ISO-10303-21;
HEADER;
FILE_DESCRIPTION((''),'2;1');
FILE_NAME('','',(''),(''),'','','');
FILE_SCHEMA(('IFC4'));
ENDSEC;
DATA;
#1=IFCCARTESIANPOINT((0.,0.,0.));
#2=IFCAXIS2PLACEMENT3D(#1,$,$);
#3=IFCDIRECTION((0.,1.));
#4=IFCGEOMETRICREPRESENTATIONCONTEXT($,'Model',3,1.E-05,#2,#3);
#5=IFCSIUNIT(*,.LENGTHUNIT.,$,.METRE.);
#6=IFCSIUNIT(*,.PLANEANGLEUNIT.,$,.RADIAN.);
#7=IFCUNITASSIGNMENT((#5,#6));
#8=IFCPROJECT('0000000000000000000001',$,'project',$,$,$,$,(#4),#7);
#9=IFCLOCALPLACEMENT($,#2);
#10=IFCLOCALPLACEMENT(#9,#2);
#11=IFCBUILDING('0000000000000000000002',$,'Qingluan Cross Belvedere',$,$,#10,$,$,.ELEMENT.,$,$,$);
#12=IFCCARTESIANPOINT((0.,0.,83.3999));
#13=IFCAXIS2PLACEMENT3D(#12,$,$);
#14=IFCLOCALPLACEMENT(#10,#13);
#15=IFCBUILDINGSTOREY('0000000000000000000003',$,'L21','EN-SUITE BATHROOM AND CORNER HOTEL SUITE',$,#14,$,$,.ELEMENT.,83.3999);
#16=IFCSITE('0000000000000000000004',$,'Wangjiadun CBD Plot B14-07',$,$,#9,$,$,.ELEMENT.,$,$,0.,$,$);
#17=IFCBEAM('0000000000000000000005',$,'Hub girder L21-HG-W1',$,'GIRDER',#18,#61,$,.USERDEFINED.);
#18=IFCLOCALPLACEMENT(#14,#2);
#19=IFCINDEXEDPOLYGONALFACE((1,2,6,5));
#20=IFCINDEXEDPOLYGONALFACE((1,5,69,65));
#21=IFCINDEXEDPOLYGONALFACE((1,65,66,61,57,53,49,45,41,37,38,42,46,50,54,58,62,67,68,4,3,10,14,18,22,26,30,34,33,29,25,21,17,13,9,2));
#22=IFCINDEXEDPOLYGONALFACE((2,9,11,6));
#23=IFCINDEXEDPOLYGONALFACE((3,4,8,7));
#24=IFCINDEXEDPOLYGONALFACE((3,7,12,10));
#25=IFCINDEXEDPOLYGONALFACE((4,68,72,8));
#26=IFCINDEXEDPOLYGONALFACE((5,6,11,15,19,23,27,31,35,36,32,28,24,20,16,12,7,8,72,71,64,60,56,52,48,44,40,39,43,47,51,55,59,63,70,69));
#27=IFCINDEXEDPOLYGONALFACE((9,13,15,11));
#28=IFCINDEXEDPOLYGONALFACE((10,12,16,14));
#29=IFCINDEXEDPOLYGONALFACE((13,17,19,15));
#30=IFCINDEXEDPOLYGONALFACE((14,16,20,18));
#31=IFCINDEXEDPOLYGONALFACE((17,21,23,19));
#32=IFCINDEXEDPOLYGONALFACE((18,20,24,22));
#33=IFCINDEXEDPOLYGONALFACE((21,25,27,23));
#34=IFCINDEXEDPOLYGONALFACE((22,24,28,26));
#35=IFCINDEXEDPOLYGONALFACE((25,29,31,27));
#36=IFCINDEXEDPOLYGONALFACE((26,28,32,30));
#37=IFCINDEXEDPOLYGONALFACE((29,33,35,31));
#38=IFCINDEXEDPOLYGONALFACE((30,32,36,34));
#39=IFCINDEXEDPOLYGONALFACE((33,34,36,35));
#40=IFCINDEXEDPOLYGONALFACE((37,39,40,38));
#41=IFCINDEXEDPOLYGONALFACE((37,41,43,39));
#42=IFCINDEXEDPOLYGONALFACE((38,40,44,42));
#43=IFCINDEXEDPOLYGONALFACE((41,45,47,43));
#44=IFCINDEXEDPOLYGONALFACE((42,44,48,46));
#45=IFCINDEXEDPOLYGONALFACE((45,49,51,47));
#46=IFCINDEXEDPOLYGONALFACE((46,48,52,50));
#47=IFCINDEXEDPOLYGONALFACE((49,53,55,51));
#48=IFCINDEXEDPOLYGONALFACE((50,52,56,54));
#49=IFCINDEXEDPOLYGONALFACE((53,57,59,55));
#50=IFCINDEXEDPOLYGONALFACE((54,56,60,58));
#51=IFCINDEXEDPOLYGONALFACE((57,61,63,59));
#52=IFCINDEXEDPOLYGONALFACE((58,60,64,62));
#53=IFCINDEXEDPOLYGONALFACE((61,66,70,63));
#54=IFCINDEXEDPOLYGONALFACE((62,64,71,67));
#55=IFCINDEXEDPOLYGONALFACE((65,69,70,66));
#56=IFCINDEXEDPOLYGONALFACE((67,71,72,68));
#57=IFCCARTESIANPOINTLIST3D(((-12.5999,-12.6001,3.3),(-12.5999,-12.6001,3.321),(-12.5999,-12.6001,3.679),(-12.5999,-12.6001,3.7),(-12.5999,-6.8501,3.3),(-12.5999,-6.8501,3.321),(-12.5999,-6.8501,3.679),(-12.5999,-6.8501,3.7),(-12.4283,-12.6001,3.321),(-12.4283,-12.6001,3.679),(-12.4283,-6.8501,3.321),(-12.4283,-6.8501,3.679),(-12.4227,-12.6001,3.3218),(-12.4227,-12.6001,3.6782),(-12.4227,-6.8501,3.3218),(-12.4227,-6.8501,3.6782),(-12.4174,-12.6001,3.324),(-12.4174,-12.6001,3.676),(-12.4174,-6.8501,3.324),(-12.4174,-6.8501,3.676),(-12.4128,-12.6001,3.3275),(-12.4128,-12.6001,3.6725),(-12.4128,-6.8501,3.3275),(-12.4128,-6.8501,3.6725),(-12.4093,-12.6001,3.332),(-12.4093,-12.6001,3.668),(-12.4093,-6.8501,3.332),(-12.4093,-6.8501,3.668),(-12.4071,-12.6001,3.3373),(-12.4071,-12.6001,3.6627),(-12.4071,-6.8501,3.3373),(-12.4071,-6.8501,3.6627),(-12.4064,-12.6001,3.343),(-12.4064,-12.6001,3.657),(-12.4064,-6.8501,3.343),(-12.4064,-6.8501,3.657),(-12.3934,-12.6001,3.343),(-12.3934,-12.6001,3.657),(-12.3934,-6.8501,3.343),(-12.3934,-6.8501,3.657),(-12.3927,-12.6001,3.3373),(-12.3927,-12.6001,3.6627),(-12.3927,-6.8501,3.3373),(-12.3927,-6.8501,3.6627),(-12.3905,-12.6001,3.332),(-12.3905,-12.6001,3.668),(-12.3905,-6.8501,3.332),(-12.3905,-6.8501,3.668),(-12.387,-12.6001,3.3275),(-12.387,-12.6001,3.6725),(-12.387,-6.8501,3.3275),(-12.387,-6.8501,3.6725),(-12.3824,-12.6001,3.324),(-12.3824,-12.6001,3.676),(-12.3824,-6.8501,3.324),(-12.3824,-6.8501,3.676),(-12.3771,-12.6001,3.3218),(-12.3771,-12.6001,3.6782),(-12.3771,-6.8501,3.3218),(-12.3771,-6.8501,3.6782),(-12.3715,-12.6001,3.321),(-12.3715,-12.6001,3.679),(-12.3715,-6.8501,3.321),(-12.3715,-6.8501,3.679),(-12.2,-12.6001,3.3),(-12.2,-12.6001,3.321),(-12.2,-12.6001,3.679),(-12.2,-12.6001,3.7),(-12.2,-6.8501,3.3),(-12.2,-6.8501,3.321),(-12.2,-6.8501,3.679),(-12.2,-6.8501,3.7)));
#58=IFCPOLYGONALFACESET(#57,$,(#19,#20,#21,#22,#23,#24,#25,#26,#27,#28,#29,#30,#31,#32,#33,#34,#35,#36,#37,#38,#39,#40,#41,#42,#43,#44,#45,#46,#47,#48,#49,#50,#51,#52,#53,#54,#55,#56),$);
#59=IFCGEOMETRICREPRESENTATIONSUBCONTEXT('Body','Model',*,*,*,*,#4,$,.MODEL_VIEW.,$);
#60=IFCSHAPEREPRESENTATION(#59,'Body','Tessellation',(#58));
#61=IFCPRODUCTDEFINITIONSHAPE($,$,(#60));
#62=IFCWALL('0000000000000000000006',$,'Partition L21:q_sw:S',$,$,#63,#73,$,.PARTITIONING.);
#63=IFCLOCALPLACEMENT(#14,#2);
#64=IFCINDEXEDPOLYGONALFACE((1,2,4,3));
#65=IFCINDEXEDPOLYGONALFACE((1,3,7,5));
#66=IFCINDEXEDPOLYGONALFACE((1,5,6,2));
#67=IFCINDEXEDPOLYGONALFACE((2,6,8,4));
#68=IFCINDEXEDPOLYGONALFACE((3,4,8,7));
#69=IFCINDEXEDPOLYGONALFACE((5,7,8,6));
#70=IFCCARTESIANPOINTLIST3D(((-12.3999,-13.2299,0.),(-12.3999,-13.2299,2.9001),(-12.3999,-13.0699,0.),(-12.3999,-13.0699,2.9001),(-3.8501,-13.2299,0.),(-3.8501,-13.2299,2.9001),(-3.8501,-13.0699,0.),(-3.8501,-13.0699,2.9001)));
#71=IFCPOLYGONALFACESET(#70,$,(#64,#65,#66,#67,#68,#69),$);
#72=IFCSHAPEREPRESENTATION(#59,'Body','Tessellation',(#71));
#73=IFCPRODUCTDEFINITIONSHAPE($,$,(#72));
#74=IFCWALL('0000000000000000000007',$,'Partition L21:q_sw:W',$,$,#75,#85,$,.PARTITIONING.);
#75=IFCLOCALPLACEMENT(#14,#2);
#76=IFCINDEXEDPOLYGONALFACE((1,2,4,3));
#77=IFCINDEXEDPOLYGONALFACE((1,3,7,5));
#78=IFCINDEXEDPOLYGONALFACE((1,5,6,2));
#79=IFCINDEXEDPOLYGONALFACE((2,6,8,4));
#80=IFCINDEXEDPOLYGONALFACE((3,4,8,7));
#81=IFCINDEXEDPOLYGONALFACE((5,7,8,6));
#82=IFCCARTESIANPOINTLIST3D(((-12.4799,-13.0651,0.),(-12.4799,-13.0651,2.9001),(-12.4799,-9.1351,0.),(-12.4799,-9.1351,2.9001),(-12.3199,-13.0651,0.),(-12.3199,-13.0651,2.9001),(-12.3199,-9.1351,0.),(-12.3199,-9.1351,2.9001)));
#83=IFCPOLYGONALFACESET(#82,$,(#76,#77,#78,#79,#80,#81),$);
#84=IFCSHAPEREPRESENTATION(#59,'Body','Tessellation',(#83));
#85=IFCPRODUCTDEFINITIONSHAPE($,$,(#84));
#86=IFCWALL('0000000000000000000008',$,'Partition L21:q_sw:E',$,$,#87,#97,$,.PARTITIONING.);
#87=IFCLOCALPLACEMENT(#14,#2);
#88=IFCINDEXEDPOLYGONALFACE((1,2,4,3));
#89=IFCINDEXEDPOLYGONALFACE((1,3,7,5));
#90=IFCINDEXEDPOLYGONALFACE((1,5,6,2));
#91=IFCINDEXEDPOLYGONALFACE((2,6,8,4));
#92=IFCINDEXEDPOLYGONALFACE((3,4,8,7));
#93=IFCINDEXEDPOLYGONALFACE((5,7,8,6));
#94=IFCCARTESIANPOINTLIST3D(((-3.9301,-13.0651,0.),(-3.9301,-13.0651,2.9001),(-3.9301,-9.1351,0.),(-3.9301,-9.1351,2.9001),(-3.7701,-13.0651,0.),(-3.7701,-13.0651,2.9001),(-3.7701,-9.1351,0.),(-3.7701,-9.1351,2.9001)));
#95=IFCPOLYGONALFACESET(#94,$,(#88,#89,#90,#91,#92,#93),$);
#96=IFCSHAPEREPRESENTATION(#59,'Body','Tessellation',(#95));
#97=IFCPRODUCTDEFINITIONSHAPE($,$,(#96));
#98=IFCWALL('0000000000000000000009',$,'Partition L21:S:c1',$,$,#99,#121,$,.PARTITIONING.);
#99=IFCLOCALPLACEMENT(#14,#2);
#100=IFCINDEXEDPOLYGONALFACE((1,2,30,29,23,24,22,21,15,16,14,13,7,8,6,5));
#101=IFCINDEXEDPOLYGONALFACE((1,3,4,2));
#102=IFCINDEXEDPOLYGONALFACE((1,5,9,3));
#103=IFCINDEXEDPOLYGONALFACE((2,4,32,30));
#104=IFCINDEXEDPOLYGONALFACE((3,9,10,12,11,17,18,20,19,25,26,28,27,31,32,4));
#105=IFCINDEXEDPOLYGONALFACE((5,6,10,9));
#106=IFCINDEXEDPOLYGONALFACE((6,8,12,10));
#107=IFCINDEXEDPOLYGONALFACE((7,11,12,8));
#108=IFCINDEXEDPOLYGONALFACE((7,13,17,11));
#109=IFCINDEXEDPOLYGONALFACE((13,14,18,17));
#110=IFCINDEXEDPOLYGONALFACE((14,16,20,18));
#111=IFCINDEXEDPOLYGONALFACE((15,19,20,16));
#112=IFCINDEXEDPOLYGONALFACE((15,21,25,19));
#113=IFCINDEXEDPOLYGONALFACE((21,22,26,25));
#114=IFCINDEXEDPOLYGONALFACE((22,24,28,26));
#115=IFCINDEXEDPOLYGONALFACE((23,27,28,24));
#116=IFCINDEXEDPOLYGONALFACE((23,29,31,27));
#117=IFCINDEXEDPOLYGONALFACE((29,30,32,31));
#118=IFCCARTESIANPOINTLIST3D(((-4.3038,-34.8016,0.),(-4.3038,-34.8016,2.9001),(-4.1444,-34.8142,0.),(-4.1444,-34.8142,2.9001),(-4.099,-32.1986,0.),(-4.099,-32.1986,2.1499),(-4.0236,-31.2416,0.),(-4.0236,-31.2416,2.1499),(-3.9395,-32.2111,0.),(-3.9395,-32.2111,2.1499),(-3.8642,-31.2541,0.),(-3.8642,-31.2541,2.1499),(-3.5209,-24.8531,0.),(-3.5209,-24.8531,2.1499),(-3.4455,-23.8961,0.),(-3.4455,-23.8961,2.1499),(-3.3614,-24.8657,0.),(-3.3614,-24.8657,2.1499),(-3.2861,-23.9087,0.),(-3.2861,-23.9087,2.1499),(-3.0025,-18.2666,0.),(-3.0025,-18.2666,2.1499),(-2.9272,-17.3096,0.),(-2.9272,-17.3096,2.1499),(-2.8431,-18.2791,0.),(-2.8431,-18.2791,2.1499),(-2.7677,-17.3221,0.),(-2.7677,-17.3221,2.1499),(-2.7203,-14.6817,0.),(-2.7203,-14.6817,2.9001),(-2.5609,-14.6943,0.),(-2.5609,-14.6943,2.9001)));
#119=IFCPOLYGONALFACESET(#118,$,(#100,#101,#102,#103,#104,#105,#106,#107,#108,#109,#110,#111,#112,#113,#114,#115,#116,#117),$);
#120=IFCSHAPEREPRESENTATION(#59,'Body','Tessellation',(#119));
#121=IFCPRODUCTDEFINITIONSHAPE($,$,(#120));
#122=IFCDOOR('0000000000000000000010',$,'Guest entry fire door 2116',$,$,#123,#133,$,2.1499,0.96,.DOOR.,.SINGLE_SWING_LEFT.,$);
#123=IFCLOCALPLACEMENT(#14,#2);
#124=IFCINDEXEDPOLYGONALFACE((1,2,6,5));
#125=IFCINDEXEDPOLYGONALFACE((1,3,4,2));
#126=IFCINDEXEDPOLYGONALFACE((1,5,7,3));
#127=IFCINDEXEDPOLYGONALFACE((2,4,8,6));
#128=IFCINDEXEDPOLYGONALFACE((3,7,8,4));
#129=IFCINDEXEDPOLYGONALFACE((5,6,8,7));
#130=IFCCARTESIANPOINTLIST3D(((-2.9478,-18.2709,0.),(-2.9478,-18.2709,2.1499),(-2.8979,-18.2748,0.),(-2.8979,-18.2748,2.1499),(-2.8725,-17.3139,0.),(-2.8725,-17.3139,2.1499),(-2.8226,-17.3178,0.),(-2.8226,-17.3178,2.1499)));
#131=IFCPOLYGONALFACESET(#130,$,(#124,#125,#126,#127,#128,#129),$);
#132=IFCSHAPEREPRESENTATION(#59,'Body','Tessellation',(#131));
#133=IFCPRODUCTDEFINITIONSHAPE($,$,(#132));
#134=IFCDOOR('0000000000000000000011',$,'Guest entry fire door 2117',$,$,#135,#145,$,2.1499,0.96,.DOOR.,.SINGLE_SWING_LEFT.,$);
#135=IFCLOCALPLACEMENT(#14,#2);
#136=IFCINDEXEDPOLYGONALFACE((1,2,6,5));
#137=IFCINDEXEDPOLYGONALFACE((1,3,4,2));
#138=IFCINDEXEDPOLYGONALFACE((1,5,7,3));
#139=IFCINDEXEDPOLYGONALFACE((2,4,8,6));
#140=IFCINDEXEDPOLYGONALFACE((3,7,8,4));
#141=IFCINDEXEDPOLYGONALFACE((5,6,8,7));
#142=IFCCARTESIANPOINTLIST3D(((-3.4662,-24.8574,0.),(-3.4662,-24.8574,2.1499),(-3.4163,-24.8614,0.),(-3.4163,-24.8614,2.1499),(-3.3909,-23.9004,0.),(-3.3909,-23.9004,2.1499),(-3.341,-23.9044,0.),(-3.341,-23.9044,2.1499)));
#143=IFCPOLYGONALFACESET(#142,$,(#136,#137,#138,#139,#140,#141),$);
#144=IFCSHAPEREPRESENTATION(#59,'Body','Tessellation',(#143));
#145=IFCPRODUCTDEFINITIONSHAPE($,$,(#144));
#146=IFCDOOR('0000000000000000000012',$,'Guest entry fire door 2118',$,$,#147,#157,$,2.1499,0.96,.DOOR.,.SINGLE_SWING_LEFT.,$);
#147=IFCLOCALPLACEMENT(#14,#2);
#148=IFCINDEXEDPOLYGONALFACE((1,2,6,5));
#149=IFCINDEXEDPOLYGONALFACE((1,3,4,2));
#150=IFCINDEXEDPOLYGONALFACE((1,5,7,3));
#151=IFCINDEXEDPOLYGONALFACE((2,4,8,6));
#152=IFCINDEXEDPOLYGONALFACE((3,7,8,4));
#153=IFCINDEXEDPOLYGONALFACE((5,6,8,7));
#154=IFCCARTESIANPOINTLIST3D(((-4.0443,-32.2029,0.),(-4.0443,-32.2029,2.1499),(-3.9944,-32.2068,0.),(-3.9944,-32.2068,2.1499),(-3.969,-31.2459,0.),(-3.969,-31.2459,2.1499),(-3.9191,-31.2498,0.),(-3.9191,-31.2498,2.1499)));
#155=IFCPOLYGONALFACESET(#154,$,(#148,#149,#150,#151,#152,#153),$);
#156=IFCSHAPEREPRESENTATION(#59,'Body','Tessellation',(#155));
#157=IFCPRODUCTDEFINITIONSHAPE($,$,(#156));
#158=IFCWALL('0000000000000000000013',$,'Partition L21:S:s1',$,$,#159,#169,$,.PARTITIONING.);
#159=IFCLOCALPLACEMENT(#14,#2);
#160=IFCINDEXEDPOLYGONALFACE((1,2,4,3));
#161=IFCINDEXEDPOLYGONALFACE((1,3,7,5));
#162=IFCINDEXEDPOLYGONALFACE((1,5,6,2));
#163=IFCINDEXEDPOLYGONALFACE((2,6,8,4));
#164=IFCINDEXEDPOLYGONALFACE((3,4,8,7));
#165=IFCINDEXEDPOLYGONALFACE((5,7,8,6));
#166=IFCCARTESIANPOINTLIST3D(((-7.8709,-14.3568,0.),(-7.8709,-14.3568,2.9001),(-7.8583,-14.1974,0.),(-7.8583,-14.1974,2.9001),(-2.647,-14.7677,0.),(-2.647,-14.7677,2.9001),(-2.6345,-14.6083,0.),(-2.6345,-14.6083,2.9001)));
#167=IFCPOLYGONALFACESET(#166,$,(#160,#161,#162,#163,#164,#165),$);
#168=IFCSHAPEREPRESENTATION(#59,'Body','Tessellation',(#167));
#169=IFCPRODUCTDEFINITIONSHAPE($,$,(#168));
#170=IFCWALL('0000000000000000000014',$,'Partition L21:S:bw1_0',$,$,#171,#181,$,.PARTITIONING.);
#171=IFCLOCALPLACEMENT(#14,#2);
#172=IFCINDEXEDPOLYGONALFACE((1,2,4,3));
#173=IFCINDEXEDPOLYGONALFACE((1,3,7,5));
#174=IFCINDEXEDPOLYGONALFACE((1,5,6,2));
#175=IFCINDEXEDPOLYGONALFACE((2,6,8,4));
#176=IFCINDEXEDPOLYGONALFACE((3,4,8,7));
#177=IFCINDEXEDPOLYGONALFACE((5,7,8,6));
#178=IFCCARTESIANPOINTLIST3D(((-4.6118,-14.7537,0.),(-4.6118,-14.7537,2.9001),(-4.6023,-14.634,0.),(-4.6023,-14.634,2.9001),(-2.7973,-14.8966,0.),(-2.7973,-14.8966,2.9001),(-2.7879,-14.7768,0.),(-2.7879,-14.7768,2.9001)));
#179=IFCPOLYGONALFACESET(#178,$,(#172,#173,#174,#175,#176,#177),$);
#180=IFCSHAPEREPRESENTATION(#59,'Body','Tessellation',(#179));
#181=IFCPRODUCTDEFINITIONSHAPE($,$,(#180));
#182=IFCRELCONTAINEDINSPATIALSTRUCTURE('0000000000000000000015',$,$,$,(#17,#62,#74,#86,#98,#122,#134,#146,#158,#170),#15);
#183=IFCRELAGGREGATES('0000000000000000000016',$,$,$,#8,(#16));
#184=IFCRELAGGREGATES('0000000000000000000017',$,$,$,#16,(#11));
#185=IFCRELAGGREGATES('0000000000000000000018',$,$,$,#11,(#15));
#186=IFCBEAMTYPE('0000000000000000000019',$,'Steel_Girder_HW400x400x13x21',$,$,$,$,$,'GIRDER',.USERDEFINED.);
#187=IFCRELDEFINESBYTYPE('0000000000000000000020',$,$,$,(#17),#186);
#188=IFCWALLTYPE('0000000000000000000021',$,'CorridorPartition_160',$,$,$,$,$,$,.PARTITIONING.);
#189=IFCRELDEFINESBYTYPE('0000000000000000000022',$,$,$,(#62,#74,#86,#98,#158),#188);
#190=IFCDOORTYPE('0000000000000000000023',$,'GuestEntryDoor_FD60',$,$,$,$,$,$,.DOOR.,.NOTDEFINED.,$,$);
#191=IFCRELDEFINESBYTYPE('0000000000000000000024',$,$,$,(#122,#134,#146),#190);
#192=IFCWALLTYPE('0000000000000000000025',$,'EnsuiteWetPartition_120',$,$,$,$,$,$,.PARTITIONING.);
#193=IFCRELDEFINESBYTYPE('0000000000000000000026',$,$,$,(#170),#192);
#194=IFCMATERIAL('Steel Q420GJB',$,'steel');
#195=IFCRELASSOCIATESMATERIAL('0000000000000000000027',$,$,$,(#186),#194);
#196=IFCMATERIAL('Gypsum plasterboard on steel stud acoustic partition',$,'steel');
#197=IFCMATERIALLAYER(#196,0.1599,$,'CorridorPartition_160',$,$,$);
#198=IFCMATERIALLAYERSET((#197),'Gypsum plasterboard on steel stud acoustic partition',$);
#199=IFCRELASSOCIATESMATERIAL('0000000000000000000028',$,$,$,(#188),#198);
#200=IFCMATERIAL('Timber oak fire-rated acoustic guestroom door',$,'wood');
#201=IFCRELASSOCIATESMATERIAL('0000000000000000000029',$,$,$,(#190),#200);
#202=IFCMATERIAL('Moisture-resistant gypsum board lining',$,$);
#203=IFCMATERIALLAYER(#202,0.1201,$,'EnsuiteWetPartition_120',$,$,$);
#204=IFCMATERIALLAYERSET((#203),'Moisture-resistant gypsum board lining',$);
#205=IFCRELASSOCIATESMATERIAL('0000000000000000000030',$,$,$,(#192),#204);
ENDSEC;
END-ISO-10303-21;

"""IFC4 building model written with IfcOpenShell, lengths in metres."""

from ifc_helpers import new_model, si_unit, direction, frame, frame_2d, origin, origin_2d, place, context, subcontext, project, spatial, rectangle, i_section, extrude, material, layer, layer_set, material_profile, profile_set, type_object, element, fill, save


model = new_model("IFC4")

# Units and contexts
model_context = context("Model", 3, precision=1e-05, world=origin(), true_north=direction((0.0, 1.0)))
body_context = subcontext(model_context, "Body", "Model", "MODEL_VIEW")
ifc_project = project(units=[si_unit("LENGTHUNIT", "METRE"), si_unit("PLANEANGLEUNIT", "RADIAN")], contexts=[model_context])

# Site, building, storey
site_placement = place(None, origin())
site = spatial("IfcSite", under=ifc_project, at=site_placement, Name="Wangjiadun CBD Plot B14-07", CompositionType="ELEMENT", RefElevation=0.0)
building_placement = place(site_placement, origin())
building = spatial("IfcBuilding", under=site, at=building_placement, Name="Qingluan Cross Belvedere", CompositionType="ELEMENT")
storey_placement = place(building_placement, frame((0.0, 0.0, 83.3999)))
storey = spatial("IfcBuildingStorey", under=building, at=storey_placement, Name="L21", Description="EN-SUITE BATHROOM AND CORNER HOTEL SUITE", CompositionType="ELEMENT", Elevation=83.3999)

# Beam
ifc_material_1 = material(Name="Steel Q420GJB", Category="steel")
ifc_material_profile_1 = material_profile(ifc_material_1, i_section(OverallWidth=0.3999, OverallDepth=0.3999, WebThickness=0.0129, FlangeThickness=0.021, FilletRadius=0.022, at=origin_2d()), Name="HW400x400x13x21")
ifc_profile_set_1 = profile_set([ifc_material_profile_1], Name="Steel Q420GJB")
beam_type_1 = type_object("IfcBeamType", Name="Steel_Girder_HW400x400x13x21", ElementType="GIRDER", PredefinedType="USERDEFINED", material=ifc_profile_set_1)
beam_1_placement = place(storey_placement, frame((-12.3999, -12.6001, 3.5), z_axis=(0.0, 1.0, 0.0), x_axis=(-1.0, 0.0, 0.0)))
element("IfcBeam", 1, at=beam_1_placement, inside=storey, type_object=beam_type_1, Name="Hub girder L21-HG-W1", ObjectType="GIRDER", PredefinedType="USERDEFINED", context=body_context, shape_type="SweptSolid", body=[
    extrude(i_section(OverallWidth=0.3999, OverallDepth=0.3999, WebThickness=0.0129, FlangeThickness=0.021, FilletRadius=0.022, at=origin_2d()), origin(), (0.0, 0.0, 1.0), 5.75),
])

# Walls
ifc_material_2 = material(Name="Gypsum plasterboard on steel stud acoustic partition", Category="steel")
ifc_layer_1 = layer(ifc_material_2, 0.1599, Name="CorridorPartition_160")
ifc_layer_set_1 = layer_set([ifc_layer_1], Name="Gypsum plasterboard on steel stud acoustic partition")
wall_type_1 = type_object("IfcWallType", Name="CorridorPartition_160", PredefinedType="PARTITIONING", material=ifc_layer_set_1)
wall_1_placement = place(storey_placement, frame((-12.3999, -13.1499, 0.0), z_axis=(0.0, 0.0, 1.0), x_axis=(1.0, 0.0, 0.0)))
element("IfcWall", 2, at=wall_1_placement, inside=storey, type_object=wall_type_1, Name="Partition L21:q_sw:S", PredefinedType="PARTITIONING", context=body_context, shape_type="SweptSolid", body=[
    extrude(rectangle(XDim=8.5498, YDim=0.1599, at=frame_2d((4.2749, 0.0))), origin(), (0.0, 0.0, 1.0), 2.9001),
])
for number, where, z_axis, x_axis, name in (
    (3, (-12.3999, -13.0649, 0.0), (0.0, 0.0, 1.0), (0.0, 1.0, 0.0), "Partition L21:q_sw:W"),
    (4, (-3.8501, -13.0649, 0.0), (0.0, 0.0, 1.0), (0.0, 1.0, 0.0), "Partition L21:q_sw:E"),
):
    element("IfcWall", number, at=place(storey_placement, frame(where, z_axis=z_axis, x_axis=x_axis)), inside=storey, type_object=wall_type_1, Name=name, PredefinedType="PARTITIONING", context=body_context, shape_type="SweptSolid", body=[
        extrude(rectangle(XDim=3.9299, YDim=0.1599, at=frame_2d((1.9648, 0.0))), origin(), (0.0, 0.0, 1.0), 2.9001),
    ])

# Wall, openings, doors
wall_2_placement = place(storey_placement, frame((-2.6406, -14.688, 0.0), z_axis=(0.0, 0.0, 1.0), x_axis=(-0.07846, -0.996917, 0.0)))
wall_2 = element("IfcWall", 5, at=wall_2_placement, inside=storey, type_object=wall_type_1, Name="Partition L21:S:c1", PredefinedType="PARTITIONING", context=body_context, shape_type="SweptSolid", body=[
    extrude(rectangle(XDim=20.1821, YDim=0.1599, at=frame_2d((10.0911, 0.0))), origin(), (0.0, 0.0, 1.0), 2.9001),
])
opening_1_placement = place(wall_2_placement, frame((2.636, 0.0, 0.0)))
opening_1 = element("IfcOpeningElement", 6, at=opening_1_placement, cuts=wall_2, PredefinedType="OPENING", context=body_context, shape_type="SweptSolid", body=[
    extrude(rectangle(XDim=0.96, YDim=2.1499, at=frame_2d((0.48, 1.075))), frame((0.0, 0.0898, 0.0), z_axis=(0.0, -1.0, 0.0), x_axis=(1.0, 0.0, 0.0)), (0.0, 0.0, 1.0), 0.1799),
])
opening_2_placement = place(wall_2_placement, frame((9.2429, 0.0, 0.0)))
opening_2 = element("IfcOpeningElement", 7, at=opening_2_placement, cuts=wall_2, PredefinedType="OPENING", context=body_context, shape_type="SweptSolid", body=[
    extrude(rectangle(XDim=0.96, YDim=2.1499, at=frame_2d((0.48, 1.075))), frame((0.0, 0.0898, 0.0), z_axis=(0.0, -1.0, 0.0), x_axis=(1.0, 0.0, 0.0)), (0.0, 0.0, 1.0), 0.1799),
])
opening_3_placement = place(wall_2_placement, frame((16.6111, 0.0, 0.0)))
opening_3 = element("IfcOpeningElement", 8, at=opening_3_placement, cuts=wall_2, PredefinedType="OPENING", context=body_context, shape_type="SweptSolid", body=[
    extrude(rectangle(XDim=0.96, YDim=2.1499, at=frame_2d((0.48, 1.075))), frame((0.0, 0.0898, 0.0), z_axis=(0.0, -1.0, 0.0), x_axis=(1.0, 0.0, 0.0)), (0.0, 0.0, 1.0), 0.1799),
])
ifc_material_3 = material(Name="Timber oak fire-rated acoustic guestroom door", Category="wood")
door_type = type_object("IfcDoorType", Name="GuestEntryDoor_FD60", OperationType="NOTDEFINED", PredefinedType="DOOR", material=ifc_material_3)
door_1_placement = place(opening_1_placement, origin())
door_1 = element("IfcDoor", 9, at=door_1_placement, inside=storey, type_object=door_type, Name="Guest entry fire door 2116", OperationType="SINGLE_SWING_LEFT", OverallHeight=2.1499, OverallWidth=0.96, PredefinedType="DOOR", context=body_context, shape_type="SweptSolid", body=[
    extrude(rectangle(XDim=0.96, YDim=2.1499, at=frame_2d((0.48, 1.075))), frame((0.0, 0.0249, 0.0), z_axis=(0.0, -1.0, 0.0), x_axis=(1.0, 0.0, 0.0)), (0.0, 0.0, 1.0), 0.05),
])
fill(opening_1, door_1)
door_2_placement = place(opening_2_placement, origin())
door_2 = element("IfcDoor", 10, at=door_2_placement, inside=storey, type_object=door_type, Name="Guest entry fire door 2117", OperationType="SINGLE_SWING_LEFT", OverallHeight=2.1499, OverallWidth=0.96, PredefinedType="DOOR", context=body_context, shape_type="SweptSolid", body=[
    extrude(rectangle(XDim=0.96, YDim=2.1499, at=frame_2d((0.48, 1.075))), frame((0.0, 0.0249, 0.0), z_axis=(0.0, -1.0, 0.0), x_axis=(1.0, 0.0, 0.0)), (0.0, 0.0, 1.0), 0.05),
])
fill(opening_2, door_2)
door_3_placement = place(opening_3_placement, origin())
door_3 = element("IfcDoor", 11, at=door_3_placement, inside=storey, type_object=door_type, Name="Guest entry fire door 2118", OperationType="SINGLE_SWING_LEFT", OverallHeight=2.1499, OverallWidth=0.96, PredefinedType="DOOR", context=body_context, shape_type="SweptSolid", body=[
    extrude(rectangle(XDim=0.96, YDim=2.1499, at=frame_2d((0.48, 1.075))), frame((0.0, 0.0249, 0.0), z_axis=(0.0, -1.0, 0.0), x_axis=(1.0, 0.0, 0.0)), (0.0, 0.0, 1.0), 0.05),
])
fill(opening_3, door_3)

# Walls
wall_3_placement = place(storey_placement, frame((-2.6406, -14.688, 0.0), z_axis=(0.0, 0.0, 1.0), x_axis=(-0.996921, 0.078414, 0.0)))
element("IfcWall", 12, at=wall_3_placement, inside=storey, type_object=wall_type_1, Name="Partition L21:S:s1", PredefinedType="PARTITIONING", context=body_context, shape_type="SweptSolid", body=[
    extrude(rectangle(XDim=5.24, YDim=0.1599, at=frame_2d((2.6201, 0.0))), origin(), (0.0, 0.0, 1.0), 2.9001),
])
ifc_material_4 = material(Name="Moisture-resistant gypsum board lining")
ifc_layer_2 = layer(ifc_material_4, 0.1201, Name="EnsuiteWetPartition_120")
ifc_layer_set_2 = layer_set([ifc_layer_2], Name="Moisture-resistant gypsum board lining")
wall_type_2 = type_object("IfcWallType", Name="EnsuiteWetPartition_120", PredefinedType="PARTITIONING", material=ifc_layer_set_2)
wall_4_placement = place(storey_placement, frame((-4.6072, -14.6938, 0.0), z_axis=(0.0, 0.0, 1.0), x_axis=(0.996916, -0.078471, 0.0)))
element("IfcWall", 13, at=wall_4_placement, inside=storey, type_object=wall_type_2, Name="Partition L21:S:bw1_0", PredefinedType="PARTITIONING", context=body_context, shape_type="SweptSolid", body=[
    extrude(rectangle(XDim=1.8201, YDim=0.1201, at=frame_2d((0.9102, 0.0))), origin(), (0.0, 0.0, 1.0), 2.9001),
])

save(model, "model.ifc")
